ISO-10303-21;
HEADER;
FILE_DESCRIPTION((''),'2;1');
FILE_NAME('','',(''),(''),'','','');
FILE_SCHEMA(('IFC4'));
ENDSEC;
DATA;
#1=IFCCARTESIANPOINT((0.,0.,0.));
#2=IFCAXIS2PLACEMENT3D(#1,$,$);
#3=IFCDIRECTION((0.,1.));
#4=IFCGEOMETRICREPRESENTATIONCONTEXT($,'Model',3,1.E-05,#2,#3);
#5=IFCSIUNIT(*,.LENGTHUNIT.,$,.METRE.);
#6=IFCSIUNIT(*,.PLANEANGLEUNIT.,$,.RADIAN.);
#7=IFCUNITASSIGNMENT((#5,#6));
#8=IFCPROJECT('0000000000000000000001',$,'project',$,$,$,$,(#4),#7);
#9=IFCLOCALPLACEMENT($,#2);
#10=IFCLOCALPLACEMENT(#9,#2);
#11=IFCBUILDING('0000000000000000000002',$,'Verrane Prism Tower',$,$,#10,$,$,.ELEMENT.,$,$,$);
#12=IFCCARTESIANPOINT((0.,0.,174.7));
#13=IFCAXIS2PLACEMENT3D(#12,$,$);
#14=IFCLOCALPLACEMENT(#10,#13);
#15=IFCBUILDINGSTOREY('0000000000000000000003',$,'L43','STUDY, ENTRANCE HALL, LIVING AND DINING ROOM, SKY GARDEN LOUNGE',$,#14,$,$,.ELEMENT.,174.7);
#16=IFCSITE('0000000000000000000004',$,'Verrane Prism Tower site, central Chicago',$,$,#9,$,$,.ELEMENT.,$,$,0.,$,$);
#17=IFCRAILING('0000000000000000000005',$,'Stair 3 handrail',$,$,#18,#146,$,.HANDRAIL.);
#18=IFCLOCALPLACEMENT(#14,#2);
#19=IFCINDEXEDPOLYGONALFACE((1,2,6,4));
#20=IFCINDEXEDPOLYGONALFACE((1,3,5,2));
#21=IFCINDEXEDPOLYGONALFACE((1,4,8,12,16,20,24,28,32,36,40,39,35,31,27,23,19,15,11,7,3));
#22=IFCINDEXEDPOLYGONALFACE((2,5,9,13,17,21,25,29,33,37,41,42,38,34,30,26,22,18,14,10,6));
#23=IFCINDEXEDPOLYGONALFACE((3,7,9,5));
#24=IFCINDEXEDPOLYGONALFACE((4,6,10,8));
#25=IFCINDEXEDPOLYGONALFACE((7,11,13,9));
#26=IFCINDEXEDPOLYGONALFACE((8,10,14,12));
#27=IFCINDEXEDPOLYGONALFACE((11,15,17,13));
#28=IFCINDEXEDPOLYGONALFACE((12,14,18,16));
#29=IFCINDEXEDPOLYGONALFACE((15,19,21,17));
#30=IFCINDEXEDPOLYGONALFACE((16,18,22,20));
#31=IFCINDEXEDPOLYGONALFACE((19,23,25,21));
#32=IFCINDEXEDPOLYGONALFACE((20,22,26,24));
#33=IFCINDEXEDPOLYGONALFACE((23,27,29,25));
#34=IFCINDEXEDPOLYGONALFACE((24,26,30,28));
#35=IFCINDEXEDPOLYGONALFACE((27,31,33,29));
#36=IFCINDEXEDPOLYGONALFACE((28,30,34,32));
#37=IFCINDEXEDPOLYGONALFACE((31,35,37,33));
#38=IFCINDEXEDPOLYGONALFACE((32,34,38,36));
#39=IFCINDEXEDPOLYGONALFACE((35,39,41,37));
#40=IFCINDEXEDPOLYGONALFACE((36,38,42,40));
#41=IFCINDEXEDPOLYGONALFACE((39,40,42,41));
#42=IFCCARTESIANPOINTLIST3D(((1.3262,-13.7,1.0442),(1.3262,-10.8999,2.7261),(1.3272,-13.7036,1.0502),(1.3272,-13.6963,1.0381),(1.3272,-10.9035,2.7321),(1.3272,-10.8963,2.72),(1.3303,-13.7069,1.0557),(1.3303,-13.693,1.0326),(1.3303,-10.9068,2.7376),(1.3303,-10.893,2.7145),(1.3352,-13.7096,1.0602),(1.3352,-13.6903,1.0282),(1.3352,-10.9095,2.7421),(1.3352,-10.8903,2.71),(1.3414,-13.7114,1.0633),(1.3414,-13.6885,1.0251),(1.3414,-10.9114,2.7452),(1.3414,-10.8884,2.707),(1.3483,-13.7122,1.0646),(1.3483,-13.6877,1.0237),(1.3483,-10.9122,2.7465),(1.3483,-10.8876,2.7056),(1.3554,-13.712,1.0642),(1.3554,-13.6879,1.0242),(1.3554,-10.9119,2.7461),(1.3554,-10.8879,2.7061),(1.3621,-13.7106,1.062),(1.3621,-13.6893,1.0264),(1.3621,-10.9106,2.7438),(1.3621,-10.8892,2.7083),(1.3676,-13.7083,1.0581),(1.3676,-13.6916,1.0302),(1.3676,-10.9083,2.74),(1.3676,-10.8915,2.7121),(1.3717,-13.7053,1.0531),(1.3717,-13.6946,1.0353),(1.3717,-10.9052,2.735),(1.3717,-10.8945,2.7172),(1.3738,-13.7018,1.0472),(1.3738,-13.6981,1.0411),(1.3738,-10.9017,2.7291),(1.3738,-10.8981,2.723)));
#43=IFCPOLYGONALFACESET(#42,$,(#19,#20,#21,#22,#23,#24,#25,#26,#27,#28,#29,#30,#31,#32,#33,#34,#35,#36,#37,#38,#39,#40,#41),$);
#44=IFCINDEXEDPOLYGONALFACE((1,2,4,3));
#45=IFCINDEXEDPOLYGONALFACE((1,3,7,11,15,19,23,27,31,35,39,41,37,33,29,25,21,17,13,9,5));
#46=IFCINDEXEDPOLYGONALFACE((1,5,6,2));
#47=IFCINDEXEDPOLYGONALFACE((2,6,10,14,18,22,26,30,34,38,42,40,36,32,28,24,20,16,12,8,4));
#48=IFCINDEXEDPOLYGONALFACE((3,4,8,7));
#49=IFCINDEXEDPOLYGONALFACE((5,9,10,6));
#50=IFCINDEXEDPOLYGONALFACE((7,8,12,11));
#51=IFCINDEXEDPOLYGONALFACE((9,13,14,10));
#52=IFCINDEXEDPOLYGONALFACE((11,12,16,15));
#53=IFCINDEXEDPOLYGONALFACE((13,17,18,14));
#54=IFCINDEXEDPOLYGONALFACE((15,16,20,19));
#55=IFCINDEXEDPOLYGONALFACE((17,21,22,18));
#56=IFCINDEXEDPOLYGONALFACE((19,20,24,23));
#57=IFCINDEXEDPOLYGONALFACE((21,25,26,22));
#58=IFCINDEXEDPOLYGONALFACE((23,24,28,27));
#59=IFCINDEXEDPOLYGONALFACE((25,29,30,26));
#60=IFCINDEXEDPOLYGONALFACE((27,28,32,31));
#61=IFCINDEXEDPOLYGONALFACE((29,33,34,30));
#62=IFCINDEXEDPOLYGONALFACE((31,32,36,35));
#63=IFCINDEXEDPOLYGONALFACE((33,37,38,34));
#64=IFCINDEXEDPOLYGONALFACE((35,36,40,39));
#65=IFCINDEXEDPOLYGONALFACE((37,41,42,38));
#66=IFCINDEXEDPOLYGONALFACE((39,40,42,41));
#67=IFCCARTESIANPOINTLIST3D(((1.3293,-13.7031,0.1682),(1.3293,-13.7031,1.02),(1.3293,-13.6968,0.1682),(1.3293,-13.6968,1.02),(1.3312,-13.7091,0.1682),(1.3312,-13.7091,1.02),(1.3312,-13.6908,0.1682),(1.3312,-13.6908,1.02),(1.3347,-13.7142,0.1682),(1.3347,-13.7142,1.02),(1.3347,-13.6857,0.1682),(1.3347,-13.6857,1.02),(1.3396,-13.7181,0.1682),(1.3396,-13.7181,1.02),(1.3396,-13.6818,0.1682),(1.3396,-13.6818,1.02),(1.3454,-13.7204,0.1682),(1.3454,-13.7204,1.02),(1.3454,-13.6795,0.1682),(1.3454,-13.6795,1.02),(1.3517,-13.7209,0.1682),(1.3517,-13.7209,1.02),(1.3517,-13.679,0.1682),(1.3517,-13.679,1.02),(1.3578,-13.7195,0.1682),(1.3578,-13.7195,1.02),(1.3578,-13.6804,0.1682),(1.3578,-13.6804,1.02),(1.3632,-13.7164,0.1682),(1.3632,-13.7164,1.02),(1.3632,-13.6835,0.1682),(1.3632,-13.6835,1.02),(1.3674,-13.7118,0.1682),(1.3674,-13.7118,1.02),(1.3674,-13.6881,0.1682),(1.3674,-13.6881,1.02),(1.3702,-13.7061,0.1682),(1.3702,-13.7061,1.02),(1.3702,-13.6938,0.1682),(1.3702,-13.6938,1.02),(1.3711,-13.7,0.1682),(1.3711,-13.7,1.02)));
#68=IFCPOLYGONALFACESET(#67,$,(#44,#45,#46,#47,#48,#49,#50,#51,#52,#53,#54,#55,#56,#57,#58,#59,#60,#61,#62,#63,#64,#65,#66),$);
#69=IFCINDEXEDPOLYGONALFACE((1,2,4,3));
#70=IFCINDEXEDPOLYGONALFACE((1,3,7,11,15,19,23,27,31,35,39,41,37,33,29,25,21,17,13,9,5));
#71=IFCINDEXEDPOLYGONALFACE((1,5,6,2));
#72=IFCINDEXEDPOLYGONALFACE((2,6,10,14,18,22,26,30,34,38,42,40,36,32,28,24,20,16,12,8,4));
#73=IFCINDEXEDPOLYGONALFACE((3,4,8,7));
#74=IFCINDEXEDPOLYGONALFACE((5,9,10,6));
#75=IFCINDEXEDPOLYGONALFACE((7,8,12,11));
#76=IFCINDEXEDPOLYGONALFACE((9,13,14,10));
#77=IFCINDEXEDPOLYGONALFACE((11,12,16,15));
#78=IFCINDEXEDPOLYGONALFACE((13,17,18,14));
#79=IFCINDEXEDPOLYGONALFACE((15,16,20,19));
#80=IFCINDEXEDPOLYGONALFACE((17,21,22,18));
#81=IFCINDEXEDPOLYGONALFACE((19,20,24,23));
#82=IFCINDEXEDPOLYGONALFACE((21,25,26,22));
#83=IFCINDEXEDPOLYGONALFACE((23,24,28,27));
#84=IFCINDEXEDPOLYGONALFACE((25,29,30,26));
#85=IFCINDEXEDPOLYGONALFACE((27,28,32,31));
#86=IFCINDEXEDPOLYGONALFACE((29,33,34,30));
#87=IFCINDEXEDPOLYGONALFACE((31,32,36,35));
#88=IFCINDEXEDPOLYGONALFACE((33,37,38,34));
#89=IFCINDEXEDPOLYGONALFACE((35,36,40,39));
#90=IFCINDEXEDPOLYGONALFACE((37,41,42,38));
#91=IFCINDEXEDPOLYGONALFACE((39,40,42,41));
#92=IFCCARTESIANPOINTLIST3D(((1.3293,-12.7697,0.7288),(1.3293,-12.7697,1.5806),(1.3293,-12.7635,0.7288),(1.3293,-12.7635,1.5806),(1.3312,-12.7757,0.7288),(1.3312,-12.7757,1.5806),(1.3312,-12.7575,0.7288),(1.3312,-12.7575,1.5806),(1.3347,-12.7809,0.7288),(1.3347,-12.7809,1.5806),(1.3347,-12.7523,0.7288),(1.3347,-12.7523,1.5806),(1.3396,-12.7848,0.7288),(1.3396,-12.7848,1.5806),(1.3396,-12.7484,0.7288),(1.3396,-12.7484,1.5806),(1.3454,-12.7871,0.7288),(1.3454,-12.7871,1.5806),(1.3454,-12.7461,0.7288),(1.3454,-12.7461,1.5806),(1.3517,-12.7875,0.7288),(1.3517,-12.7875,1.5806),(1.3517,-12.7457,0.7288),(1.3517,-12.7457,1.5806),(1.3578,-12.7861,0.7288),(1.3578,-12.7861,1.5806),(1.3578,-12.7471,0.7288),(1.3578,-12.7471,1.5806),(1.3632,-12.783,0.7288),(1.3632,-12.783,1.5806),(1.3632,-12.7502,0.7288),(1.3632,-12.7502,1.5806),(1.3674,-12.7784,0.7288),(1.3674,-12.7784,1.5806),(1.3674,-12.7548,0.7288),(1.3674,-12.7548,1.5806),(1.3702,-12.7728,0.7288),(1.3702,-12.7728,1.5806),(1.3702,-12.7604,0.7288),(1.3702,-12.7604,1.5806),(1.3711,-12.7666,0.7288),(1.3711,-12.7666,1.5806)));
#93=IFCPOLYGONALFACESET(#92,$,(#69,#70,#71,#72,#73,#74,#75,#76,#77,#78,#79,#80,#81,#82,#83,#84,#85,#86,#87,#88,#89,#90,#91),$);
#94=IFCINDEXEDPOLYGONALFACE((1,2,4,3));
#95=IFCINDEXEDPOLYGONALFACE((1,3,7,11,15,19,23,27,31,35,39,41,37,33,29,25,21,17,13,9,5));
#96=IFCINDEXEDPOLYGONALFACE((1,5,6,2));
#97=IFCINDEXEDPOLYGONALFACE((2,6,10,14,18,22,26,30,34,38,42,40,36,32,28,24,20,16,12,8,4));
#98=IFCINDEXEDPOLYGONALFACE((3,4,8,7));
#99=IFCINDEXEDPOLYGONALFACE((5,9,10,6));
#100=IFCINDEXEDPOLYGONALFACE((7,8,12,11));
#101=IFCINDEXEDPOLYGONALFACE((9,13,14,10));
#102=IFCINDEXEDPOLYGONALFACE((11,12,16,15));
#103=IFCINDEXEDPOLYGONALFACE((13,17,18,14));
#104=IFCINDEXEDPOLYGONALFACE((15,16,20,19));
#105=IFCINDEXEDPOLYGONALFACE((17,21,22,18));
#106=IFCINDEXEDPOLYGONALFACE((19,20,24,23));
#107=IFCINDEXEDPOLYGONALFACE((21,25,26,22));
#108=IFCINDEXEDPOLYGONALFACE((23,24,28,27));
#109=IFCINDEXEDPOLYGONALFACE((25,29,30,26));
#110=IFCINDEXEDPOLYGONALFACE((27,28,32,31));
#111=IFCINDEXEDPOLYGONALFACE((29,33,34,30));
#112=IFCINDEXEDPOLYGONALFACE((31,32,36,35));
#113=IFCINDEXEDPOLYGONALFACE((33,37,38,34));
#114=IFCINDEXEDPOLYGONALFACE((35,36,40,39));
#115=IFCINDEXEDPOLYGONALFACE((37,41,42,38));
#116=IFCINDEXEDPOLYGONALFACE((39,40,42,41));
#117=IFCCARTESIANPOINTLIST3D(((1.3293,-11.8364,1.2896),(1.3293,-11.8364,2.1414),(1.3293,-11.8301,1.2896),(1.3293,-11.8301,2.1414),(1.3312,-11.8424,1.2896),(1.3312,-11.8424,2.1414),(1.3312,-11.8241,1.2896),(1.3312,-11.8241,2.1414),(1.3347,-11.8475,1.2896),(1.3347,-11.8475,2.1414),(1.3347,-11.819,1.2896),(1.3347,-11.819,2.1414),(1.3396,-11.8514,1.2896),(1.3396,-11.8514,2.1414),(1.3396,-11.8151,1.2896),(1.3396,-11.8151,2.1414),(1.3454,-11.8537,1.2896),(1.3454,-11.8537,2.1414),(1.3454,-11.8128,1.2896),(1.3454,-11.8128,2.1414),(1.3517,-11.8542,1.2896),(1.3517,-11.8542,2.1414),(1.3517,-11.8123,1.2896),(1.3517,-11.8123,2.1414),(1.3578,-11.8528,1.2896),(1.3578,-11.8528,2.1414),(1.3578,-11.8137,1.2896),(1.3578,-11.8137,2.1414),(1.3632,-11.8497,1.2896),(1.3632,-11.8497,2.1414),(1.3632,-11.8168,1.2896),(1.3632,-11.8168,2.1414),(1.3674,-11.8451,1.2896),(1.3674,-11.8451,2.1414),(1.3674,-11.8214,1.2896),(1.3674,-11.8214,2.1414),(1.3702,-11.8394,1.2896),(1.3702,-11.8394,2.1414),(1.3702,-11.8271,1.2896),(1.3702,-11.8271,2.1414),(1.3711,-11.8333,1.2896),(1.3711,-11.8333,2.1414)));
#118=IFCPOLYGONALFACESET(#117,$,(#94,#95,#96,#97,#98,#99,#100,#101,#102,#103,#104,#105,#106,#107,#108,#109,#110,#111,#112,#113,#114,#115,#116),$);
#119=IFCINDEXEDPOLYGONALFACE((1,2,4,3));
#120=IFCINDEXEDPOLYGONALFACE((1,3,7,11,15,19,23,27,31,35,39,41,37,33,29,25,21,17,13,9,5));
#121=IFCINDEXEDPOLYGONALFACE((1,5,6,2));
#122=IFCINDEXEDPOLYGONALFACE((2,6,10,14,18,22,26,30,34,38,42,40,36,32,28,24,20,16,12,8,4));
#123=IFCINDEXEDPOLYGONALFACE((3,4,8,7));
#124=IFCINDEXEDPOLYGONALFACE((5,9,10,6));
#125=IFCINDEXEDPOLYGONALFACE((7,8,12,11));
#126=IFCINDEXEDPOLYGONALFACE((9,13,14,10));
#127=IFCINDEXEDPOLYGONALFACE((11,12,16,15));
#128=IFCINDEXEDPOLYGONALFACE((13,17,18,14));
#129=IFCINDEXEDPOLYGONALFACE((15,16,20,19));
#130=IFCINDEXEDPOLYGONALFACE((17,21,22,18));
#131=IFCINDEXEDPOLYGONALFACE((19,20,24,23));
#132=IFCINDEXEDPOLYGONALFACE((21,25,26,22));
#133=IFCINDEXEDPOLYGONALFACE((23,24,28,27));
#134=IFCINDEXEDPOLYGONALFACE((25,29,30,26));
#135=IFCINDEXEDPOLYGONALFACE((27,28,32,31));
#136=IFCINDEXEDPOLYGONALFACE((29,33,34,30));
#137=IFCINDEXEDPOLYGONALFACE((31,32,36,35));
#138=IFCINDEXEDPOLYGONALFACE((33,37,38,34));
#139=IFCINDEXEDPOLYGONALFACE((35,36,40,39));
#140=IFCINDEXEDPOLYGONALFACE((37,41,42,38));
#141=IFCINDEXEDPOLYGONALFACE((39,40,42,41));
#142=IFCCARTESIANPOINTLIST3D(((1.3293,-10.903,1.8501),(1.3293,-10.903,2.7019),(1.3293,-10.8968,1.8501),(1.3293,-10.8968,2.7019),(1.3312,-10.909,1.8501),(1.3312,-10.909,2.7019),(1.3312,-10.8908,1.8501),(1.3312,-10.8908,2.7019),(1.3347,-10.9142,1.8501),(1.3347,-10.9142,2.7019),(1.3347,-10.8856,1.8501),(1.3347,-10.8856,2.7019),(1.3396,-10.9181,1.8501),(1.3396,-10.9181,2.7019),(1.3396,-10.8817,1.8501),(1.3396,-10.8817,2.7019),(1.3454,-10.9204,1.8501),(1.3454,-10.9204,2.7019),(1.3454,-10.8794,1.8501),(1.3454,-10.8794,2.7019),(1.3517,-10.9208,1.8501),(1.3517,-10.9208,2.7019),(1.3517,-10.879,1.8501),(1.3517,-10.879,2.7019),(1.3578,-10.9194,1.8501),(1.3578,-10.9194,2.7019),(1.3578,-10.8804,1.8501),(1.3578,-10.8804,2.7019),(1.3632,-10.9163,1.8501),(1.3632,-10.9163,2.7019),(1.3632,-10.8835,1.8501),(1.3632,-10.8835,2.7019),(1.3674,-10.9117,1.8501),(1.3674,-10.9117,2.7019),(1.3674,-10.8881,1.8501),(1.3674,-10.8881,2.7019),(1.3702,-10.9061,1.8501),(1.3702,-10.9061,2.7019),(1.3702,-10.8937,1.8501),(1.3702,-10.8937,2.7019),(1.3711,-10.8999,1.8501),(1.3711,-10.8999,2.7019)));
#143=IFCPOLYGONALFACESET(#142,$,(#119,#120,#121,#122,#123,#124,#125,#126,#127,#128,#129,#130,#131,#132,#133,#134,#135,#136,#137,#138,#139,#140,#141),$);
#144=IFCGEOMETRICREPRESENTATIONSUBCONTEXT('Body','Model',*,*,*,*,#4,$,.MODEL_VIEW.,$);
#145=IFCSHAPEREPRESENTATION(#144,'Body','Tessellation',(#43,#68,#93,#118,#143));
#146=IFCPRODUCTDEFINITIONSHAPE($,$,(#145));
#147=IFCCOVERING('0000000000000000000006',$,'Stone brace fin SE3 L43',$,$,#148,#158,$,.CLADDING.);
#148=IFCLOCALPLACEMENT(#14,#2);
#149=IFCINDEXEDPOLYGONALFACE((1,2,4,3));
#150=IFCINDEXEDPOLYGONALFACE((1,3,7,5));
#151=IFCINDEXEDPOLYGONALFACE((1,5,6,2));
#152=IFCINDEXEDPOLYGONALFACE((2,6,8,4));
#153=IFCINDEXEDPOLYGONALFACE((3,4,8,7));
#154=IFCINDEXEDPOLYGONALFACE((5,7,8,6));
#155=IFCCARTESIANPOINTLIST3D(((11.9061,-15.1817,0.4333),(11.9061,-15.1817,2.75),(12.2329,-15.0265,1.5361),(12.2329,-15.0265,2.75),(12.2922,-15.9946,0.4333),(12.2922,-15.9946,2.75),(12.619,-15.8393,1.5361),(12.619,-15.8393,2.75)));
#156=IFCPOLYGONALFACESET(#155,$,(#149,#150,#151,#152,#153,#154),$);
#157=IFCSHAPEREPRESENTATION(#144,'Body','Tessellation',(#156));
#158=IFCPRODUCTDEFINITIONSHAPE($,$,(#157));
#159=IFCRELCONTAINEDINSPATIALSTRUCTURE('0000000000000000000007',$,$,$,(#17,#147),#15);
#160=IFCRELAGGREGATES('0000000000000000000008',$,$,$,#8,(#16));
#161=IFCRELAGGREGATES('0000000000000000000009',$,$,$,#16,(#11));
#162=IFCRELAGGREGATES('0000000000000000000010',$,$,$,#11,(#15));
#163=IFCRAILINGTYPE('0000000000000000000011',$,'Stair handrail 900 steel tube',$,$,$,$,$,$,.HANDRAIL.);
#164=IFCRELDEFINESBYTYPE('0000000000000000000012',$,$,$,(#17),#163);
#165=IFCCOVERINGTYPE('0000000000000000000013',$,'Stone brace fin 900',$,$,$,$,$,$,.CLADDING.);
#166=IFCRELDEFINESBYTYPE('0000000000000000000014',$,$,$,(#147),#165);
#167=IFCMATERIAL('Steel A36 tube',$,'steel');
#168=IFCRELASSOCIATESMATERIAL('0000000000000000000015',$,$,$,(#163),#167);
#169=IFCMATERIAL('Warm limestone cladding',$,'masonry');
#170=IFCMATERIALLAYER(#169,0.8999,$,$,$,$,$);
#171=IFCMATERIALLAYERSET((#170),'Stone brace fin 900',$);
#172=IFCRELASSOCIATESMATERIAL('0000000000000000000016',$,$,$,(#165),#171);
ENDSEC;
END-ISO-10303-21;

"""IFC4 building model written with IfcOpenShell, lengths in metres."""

from ifc_helpers import new_model, si_unit, direction, frame, origin, origin_2d, place, context, subcontext, project, spatial, polyline, circle, outline, extrude, material, layer, layer_set, type_object, element, save


model = new_model("IFC4")

# Units and contexts
model_context = context("Model", 3, precision=1e-05, world=origin(), true_north=direction((0.0, 1.0)))
body_context = subcontext(model_context, "Body", "Model", "MODEL_VIEW")
ifc_project = project(units=[si_unit("LENGTHUNIT", "METRE"), si_unit("PLANEANGLEUNIT", "RADIAN")], contexts=[model_context])

# Site, building, storey
site_placement = place(None, origin())
site = spatial("IfcSite", under=ifc_project, at=site_placement, Name="Verrane Prism Tower site, central Chicago", CompositionType="ELEMENT", RefElevation=0.0)
building_placement = place(site_placement, origin())
building = spatial("IfcBuilding", under=site, at=building_placement, Name="Verrane Prism Tower", CompositionType="ELEMENT")
storey_placement = place(building_placement, frame((0.0, 0.0, 174.7)))
storey = spatial("IfcBuildingStorey", under=building, at=storey_placement, Name="L43", Description="STUDY, ENTRANCE HALL, LIVING AND DINING ROOM, SKY GARDEN LOUNGE", CompositionType="ELEMENT", Elevation=174.7)

# Railing
ifc_material_1 = material(Name="Steel A36 tube", Category="steel")
railing_type_1 = type_object("IfcRailingType", Name="Stair handrail 900 steel tube", PredefinedType="HANDRAIL", material=ifc_material_1)
railing_1_placement = place(storey_placement, frame((1.3501, -13.7, 0.1682)))
element("IfcRailing", 1, at=railing_1_placement, inside=storey, type_object=railing_type_1, Name="Stair 3 handrail", PredefinedType="HANDRAIL", context=body_context, shape_type="SweptSolid", body=[
    extrude(circle(Radius=0.0239, at=origin_2d()), frame((0.0, 0.0, 0.876), z_axis=(0.0, 0.857242, 0.514913), x_axis=(-1.0, 0.0, 0.0)), (0.0, 0.0, 1.0), 3.2664),
    extrude(circle(Radius=0.021, at=origin_2d()), origin(), (0.0, 0.0, 1.0), 0.8518),
    extrude(circle(Radius=0.021, at=origin_2d()), frame((0.0, 0.9333, 0.5605)), (0.0, 0.0, 1.0), 0.8518),
    extrude(circle(Radius=0.021, at=origin_2d()), frame((0.0, 1.8667, 1.1213)), (0.0, 0.0, 1.0), 0.8518),
    extrude(circle(Radius=0.021, at=origin_2d()), frame((0.0, 2.8, 1.6819)), (0.0, 0.0, 1.0), 0.8518),
])

# Covering
ifc_material_2 = material(Name="Warm limestone cladding", Category="masonry")
ifc_layer_1 = layer(ifc_material_2, 0.8999)
ifc_layer_set_1 = layer_set([ifc_layer_1], Name="Stone brace fin 900")
covering_type = type_object("IfcCoveringType", Name="Stone brace fin 900", PredefinedType="CLADDING", material=ifc_layer_set_1)
covering_placement = place(storey_placement, frame((12.0991, -15.5881, 0.4333), z_axis=(0.0, 0.0, 1.0), x_axis=(0.903284, 0.429043, 0.0)))
element("IfcCovering", 2, at=covering_placement, inside=storey, type_object=covering_type, Name="Stone brace fin SE3 L43", PredefinedType="CLADDING", context=body_context, shape_type="SweptSolid", body=[
    extrude(outline(polyline([(0.3618, 2.3167), (0.0, 2.3167), (0.0, 0.0), (0.3618, 1.1028), (0.3618, 2.3167)])), frame((0.0, 0.45, 0.0), z_axis=(0.0, -1.0, 0.0), x_axis=(1.0, 0.0, 0.0)), (0.0, 0.0, 1.0), 0.8999),
])

save(model, "model.ifc")
